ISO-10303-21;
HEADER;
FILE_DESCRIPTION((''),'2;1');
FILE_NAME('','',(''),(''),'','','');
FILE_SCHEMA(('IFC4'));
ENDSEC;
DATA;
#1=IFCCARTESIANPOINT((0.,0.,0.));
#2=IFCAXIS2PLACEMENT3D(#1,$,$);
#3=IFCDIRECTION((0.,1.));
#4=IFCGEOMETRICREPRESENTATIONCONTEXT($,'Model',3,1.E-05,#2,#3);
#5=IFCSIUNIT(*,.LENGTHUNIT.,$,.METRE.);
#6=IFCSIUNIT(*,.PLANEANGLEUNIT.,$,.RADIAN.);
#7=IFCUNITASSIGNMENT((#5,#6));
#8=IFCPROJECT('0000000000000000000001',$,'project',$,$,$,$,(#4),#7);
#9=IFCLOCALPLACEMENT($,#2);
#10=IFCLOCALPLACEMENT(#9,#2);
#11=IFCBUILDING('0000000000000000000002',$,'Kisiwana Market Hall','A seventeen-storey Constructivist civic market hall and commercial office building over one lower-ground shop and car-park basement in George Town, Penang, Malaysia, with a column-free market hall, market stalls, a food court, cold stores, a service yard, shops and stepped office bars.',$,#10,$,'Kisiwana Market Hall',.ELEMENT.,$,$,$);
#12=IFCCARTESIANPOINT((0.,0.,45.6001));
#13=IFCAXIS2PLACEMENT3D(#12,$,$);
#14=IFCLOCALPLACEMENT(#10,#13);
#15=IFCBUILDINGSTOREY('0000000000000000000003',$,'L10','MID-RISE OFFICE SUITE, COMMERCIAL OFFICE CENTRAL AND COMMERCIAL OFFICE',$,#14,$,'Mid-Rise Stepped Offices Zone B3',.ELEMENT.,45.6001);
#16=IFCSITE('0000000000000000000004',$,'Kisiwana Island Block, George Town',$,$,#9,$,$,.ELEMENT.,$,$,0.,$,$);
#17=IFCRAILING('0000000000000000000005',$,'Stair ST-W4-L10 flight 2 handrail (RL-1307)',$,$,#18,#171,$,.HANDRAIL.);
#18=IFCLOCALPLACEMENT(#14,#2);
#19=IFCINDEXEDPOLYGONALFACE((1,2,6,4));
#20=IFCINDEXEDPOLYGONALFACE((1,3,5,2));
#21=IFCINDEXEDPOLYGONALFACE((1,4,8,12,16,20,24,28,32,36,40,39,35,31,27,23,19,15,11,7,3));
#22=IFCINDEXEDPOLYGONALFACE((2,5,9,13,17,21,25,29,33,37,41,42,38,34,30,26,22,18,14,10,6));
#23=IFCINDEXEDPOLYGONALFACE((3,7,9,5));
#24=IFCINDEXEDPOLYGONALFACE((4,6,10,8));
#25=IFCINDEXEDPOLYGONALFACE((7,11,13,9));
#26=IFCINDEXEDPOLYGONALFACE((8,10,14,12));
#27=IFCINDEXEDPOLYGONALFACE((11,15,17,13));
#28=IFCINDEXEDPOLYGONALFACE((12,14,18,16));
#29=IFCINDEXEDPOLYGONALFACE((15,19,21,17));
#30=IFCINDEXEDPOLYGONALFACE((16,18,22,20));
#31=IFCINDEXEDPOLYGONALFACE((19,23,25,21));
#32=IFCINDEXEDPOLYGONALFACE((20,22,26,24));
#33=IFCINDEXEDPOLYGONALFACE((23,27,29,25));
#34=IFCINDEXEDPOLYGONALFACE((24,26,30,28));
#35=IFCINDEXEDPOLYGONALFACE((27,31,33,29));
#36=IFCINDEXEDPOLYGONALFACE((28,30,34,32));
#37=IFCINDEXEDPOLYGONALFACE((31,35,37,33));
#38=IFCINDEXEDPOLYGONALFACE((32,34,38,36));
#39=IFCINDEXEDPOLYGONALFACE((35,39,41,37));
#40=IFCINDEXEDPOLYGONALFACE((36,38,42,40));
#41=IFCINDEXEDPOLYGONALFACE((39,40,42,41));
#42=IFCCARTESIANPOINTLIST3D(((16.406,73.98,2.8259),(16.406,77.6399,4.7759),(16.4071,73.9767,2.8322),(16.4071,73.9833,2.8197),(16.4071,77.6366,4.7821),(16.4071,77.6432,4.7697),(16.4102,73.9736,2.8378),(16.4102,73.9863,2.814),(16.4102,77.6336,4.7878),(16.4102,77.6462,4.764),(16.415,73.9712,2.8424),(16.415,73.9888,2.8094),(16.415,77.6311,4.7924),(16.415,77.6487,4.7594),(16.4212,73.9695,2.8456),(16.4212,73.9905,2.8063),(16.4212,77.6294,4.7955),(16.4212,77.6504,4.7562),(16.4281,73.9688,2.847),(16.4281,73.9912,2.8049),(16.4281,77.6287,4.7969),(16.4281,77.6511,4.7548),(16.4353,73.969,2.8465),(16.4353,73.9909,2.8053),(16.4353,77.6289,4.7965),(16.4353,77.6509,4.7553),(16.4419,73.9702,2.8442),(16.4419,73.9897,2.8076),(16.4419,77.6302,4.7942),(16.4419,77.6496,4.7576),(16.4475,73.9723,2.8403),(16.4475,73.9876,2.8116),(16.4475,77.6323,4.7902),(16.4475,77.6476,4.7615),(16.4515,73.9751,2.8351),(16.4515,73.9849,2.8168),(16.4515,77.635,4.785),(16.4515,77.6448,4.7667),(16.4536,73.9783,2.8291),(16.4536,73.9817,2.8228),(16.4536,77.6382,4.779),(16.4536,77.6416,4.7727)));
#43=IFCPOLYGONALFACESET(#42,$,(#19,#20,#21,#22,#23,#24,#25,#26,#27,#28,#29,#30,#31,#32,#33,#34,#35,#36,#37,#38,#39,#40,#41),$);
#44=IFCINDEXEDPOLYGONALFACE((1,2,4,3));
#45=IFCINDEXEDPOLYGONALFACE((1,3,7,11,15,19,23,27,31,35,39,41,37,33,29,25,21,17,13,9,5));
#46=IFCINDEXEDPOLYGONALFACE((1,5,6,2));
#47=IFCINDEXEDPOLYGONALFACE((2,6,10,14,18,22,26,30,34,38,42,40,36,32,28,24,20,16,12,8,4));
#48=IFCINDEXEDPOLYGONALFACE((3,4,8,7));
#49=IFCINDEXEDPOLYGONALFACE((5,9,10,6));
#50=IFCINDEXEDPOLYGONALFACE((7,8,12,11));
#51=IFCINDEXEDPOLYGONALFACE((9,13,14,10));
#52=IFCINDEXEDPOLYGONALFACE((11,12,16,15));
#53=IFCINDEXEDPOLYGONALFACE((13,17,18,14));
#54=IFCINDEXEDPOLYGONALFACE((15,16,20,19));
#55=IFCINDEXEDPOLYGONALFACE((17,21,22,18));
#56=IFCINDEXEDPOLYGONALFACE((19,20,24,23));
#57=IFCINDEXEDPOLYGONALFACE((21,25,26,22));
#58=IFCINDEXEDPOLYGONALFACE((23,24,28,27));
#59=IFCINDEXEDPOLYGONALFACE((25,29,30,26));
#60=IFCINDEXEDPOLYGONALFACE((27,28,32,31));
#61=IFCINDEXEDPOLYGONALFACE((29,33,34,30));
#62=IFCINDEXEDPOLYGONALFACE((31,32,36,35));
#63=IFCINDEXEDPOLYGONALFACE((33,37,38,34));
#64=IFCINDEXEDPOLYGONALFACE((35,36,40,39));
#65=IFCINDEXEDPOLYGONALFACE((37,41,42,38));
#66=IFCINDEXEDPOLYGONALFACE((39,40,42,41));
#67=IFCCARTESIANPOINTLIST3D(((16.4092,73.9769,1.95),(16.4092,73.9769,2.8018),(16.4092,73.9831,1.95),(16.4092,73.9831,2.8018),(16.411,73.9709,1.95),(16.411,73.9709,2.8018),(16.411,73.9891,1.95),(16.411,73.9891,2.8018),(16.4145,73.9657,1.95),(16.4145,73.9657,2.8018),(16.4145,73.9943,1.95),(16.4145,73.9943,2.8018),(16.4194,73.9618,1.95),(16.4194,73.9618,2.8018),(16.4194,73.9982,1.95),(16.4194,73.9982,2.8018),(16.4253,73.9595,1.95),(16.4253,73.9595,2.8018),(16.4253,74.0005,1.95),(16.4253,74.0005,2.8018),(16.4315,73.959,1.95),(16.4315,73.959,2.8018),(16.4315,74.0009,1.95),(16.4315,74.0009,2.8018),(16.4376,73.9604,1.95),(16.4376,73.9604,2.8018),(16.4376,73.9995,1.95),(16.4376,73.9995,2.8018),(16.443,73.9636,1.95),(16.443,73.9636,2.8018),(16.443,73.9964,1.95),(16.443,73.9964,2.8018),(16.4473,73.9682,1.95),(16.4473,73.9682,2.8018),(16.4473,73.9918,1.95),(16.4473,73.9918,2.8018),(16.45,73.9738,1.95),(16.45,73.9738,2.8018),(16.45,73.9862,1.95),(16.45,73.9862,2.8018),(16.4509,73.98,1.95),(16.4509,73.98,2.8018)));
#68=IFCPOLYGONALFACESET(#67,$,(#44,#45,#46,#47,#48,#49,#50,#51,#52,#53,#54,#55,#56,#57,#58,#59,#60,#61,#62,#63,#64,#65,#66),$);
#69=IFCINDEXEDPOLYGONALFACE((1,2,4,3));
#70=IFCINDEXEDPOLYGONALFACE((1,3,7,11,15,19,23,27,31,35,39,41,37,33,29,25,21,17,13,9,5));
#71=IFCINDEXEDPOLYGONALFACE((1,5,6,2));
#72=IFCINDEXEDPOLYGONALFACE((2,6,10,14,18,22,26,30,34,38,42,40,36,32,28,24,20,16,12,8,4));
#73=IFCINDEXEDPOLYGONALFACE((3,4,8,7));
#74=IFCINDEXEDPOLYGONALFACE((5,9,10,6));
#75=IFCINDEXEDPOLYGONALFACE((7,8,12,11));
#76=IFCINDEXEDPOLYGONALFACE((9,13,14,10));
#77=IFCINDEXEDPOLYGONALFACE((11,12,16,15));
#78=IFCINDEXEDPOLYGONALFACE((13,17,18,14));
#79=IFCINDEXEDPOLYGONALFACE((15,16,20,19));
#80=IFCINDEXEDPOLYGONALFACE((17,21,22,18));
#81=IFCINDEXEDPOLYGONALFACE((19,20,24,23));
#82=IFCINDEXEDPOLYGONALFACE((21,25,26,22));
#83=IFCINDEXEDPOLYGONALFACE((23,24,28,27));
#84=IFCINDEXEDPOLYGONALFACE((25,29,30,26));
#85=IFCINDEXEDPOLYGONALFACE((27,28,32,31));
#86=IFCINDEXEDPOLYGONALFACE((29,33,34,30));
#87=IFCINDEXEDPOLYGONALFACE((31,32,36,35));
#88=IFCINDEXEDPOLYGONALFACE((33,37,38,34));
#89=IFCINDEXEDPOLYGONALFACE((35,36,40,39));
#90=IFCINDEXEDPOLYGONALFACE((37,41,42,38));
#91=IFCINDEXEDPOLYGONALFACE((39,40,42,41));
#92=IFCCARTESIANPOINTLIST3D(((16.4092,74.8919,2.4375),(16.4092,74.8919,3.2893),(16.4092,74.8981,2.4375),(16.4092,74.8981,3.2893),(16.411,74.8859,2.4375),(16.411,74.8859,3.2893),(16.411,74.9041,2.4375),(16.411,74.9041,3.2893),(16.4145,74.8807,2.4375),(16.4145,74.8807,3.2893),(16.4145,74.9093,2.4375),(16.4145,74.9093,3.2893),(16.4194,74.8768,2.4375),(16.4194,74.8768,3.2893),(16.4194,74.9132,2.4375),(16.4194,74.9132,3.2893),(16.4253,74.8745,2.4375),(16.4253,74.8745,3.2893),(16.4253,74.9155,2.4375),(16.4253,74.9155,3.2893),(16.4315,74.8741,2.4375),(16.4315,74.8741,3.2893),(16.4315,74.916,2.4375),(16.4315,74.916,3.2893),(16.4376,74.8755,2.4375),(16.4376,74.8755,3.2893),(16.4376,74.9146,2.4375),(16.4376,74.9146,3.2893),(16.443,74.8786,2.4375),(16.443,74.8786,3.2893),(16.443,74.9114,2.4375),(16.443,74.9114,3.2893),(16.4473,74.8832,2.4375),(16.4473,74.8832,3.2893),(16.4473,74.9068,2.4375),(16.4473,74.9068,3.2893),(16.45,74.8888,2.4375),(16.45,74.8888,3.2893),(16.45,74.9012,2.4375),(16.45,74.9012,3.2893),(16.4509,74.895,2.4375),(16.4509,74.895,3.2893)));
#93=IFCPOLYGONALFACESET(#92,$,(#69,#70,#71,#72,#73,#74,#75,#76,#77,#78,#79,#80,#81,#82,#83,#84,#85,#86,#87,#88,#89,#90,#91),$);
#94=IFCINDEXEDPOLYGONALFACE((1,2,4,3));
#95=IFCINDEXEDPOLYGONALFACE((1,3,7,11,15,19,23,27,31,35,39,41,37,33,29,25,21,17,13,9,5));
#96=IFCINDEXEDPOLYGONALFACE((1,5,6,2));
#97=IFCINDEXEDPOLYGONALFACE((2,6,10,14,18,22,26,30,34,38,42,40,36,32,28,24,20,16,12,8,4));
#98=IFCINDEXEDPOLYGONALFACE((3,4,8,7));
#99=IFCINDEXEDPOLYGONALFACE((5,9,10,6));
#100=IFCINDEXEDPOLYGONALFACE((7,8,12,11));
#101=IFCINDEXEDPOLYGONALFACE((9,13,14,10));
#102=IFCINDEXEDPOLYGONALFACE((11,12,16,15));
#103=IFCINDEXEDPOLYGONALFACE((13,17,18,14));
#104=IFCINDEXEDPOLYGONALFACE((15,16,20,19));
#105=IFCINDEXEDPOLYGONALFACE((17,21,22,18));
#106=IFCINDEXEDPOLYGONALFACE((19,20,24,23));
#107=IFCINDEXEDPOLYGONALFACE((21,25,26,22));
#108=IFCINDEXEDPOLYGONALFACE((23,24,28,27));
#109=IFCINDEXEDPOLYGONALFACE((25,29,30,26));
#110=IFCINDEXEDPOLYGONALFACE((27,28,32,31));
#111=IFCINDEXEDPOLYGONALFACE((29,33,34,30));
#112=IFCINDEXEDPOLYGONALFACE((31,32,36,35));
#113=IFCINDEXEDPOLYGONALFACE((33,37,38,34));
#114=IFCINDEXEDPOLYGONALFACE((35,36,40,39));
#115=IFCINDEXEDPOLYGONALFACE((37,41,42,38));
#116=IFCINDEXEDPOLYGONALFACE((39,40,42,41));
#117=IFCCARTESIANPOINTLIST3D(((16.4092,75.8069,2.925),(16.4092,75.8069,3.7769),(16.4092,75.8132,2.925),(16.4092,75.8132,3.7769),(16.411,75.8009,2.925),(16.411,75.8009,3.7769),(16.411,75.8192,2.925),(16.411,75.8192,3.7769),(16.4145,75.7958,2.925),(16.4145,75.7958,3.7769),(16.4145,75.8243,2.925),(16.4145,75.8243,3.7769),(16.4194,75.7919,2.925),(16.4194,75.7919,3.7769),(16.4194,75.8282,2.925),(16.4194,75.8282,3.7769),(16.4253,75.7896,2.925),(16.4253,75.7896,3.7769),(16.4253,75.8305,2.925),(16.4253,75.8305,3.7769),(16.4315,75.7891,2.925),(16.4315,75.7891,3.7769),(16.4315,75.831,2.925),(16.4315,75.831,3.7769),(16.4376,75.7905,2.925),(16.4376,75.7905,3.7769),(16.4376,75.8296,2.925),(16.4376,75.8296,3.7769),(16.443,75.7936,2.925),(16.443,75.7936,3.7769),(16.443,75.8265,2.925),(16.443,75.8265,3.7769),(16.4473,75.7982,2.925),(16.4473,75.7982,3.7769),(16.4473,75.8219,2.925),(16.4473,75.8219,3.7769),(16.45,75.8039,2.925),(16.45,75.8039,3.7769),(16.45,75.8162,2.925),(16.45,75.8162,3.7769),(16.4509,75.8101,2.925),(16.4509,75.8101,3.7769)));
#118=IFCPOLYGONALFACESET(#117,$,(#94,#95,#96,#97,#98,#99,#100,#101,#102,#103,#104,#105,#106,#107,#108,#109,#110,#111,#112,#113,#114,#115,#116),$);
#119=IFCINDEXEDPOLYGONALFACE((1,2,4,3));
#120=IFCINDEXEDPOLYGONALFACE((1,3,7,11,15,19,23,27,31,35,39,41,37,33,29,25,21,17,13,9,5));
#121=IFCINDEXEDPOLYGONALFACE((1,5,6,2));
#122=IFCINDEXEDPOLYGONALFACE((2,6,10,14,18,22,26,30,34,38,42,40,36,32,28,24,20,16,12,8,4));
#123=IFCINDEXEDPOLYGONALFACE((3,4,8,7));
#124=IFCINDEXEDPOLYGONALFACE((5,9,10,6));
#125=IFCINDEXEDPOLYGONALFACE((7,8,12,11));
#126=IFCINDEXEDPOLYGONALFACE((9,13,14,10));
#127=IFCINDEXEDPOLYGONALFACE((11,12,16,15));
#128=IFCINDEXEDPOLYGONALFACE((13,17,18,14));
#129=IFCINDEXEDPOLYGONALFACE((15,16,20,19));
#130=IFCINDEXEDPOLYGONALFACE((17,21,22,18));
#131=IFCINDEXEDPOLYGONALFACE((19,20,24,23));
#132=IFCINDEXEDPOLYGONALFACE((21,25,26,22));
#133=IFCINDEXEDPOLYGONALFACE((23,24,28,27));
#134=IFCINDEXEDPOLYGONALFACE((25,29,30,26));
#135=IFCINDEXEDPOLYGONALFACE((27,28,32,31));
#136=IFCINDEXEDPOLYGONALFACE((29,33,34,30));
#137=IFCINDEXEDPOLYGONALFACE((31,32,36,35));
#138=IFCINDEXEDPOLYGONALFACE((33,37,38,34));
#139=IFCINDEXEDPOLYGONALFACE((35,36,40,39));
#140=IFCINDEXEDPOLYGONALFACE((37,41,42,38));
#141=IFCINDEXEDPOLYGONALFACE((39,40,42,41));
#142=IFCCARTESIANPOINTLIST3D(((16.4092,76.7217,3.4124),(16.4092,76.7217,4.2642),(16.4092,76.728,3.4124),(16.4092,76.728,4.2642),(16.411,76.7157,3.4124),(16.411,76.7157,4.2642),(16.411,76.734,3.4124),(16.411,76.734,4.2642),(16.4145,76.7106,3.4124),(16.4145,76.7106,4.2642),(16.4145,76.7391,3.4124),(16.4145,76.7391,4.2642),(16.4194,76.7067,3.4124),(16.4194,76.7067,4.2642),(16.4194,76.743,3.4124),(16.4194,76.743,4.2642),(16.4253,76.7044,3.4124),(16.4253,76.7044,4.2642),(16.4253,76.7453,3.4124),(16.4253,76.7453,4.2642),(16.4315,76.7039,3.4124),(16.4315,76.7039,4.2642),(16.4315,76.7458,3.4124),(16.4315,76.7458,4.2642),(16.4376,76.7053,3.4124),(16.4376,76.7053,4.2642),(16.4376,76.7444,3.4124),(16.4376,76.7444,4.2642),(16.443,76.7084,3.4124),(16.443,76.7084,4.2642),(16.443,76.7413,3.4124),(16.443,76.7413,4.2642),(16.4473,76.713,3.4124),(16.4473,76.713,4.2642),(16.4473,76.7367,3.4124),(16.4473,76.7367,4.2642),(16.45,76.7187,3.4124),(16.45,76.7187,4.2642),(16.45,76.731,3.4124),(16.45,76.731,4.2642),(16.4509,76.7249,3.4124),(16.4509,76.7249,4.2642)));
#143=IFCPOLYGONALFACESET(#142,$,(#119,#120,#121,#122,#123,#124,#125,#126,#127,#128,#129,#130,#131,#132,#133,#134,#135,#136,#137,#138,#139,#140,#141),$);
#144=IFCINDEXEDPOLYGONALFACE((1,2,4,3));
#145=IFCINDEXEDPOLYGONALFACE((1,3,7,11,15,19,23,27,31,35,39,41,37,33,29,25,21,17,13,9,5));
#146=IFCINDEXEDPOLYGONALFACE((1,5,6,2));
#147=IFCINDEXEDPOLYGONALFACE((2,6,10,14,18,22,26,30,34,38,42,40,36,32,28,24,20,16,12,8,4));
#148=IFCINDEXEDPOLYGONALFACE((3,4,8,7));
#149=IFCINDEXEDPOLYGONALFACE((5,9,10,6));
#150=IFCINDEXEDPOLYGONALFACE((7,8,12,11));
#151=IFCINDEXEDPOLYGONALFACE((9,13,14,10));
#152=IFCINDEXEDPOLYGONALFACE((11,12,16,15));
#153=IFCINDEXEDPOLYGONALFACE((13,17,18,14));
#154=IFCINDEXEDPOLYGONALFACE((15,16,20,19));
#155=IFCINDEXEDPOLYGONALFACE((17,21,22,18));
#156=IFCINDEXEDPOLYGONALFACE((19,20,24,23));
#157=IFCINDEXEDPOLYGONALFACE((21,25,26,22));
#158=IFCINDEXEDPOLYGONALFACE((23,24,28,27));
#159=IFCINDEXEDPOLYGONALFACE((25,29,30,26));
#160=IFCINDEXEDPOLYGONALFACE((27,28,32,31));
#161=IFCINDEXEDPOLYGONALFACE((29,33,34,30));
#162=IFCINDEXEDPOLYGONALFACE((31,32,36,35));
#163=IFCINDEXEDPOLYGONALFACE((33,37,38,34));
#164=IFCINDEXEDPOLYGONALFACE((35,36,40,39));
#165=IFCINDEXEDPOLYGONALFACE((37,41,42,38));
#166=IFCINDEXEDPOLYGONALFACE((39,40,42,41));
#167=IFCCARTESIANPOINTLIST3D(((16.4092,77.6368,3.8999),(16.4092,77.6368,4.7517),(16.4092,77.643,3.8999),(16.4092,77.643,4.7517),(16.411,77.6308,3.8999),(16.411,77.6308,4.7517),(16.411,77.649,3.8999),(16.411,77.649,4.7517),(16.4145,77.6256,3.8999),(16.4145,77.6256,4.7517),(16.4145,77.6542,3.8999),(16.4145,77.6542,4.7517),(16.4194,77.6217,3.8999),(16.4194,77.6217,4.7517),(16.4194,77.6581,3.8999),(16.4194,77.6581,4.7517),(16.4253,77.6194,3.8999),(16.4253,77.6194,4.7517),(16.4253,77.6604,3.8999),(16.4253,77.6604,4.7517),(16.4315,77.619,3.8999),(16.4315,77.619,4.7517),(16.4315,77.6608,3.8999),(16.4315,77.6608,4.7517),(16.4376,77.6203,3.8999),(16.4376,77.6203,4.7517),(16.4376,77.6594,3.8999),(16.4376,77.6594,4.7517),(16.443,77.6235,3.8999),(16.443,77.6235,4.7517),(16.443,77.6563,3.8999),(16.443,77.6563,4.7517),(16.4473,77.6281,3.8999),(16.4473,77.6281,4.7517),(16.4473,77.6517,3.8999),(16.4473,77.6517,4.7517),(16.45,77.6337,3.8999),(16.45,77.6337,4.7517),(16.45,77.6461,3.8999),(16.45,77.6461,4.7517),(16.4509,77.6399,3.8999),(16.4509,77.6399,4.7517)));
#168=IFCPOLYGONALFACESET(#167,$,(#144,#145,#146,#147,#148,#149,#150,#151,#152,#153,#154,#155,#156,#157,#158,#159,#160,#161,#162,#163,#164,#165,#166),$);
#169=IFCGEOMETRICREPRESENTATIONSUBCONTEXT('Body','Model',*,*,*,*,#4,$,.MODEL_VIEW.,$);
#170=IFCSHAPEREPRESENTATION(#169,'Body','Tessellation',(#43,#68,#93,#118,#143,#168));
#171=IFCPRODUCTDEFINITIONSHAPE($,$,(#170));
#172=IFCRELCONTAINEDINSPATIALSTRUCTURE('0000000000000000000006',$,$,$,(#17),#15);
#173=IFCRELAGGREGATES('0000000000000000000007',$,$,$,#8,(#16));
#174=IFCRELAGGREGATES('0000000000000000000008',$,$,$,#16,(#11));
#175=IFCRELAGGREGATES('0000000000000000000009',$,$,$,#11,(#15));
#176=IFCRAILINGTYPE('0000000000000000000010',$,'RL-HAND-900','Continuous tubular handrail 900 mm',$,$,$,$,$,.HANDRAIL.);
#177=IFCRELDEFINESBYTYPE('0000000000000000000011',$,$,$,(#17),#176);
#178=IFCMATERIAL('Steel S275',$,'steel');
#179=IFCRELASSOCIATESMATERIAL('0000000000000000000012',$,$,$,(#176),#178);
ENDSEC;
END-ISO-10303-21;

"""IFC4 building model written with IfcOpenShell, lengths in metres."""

from ifc_helpers import new_model, si_unit, direction, frame, origin, origin_2d, place, context, subcontext, project, spatial, circle, extrude, material, type_object, element, save


model = new_model("IFC4")

# Units and contexts
model_context = context("Model", 3, precision=1e-05, world=origin(), true_north=direction((0.0, 1.0)))
body_context = subcontext(model_context, "Body", "Model", "MODEL_VIEW")
ifc_project = project(units=[si_unit("LENGTHUNIT", "METRE"), si_unit("PLANEANGLEUNIT", "RADIAN")], contexts=[model_context])

# Site, building, storey
site_placement = place(None, origin())
site = spatial("IfcSite", under=ifc_project, at=site_placement, Name="Kisiwana Island Block, George Town", CompositionType="ELEMENT", RefElevation=0.0)
building_placement = place(site_placement, origin())
building = spatial("IfcBuilding", under=site, at=building_placement, Name="Kisiwana Market Hall", Description="A seventeen-storey Constructivist civic market hall and commercial office building over one lower-ground shop and car-park basement in George Town, Penang, Malaysia, with a column-free market hall, market stalls, a food court, cold stores, a service yard, shops and stepped office bars.", LongName="Kisiwana Market Hall", CompositionType="ELEMENT")
storey_placement = place(building_placement, frame((0.0, 0.0, 45.6001)))
storey = spatial("IfcBuildingStorey", under=building, at=storey_placement, Name="L10", Description="MID-RISE OFFICE SUITE, COMMERCIAL OFFICE CENTRAL AND COMMERCIAL OFFICE", LongName="Mid-Rise Stepped Offices Zone B3", CompositionType="ELEMENT", Elevation=45.6001)

# Railing
ifc_material_1 = material(Name="Steel S275", Category="steel")
railing_type_1 = type_object("IfcRailingType", Name="RL-HAND-900", Description="Continuous tubular handrail 900 mm", PredefinedType="HANDRAIL", material=ifc_material_1)
for number, where, name in (
    (1, (16.4299, 73.98, 1.95), "Stair ST-W4-L10 flight 2 handrail (RL-1307)"),
):
    element("IfcRailing", number, at=place(storey_placement, frame(where)), inside=storey, type_object=railing_type_1, Name=name, PredefinedType="HANDRAIL", context=body_context, shape_type="SweptSolid", body=[
        extrude(circle(Radius=0.0239, at=origin_2d()), frame((0.0, 0.0, 0.876), z_axis=(0.0, 0.882553, 0.470212), x_axis=(-1.0, 0.0, 0.0)), (0.0, 0.0, 1.0), 4.147),
        extrude(circle(Radius=0.021, at=origin_2d()), origin(), (0.0, 0.0, 1.0), 0.8518),
        extrude(circle(Radius=0.021, at=origin_2d()), frame((0.0, 0.915, 0.4875)), (0.0, 0.0, 1.0), 0.8518),
        extrude(circle(Radius=0.021, at=origin_2d()), frame((0.0, 1.8301, 0.9751)), (0.0, 0.0, 1.0), 0.8518),
        extrude(circle(Radius=0.021, at=origin_2d()), frame((0.0, 2.7449, 1.4624)), (0.0, 0.0, 1.0), 0.8518),
        extrude(circle(Radius=0.021, at=origin_2d()), frame((0.0, 3.6599, 1.95)), (0.0, 0.0, 1.0), 0.8518),
    ])

save(model, "model.ifc")
